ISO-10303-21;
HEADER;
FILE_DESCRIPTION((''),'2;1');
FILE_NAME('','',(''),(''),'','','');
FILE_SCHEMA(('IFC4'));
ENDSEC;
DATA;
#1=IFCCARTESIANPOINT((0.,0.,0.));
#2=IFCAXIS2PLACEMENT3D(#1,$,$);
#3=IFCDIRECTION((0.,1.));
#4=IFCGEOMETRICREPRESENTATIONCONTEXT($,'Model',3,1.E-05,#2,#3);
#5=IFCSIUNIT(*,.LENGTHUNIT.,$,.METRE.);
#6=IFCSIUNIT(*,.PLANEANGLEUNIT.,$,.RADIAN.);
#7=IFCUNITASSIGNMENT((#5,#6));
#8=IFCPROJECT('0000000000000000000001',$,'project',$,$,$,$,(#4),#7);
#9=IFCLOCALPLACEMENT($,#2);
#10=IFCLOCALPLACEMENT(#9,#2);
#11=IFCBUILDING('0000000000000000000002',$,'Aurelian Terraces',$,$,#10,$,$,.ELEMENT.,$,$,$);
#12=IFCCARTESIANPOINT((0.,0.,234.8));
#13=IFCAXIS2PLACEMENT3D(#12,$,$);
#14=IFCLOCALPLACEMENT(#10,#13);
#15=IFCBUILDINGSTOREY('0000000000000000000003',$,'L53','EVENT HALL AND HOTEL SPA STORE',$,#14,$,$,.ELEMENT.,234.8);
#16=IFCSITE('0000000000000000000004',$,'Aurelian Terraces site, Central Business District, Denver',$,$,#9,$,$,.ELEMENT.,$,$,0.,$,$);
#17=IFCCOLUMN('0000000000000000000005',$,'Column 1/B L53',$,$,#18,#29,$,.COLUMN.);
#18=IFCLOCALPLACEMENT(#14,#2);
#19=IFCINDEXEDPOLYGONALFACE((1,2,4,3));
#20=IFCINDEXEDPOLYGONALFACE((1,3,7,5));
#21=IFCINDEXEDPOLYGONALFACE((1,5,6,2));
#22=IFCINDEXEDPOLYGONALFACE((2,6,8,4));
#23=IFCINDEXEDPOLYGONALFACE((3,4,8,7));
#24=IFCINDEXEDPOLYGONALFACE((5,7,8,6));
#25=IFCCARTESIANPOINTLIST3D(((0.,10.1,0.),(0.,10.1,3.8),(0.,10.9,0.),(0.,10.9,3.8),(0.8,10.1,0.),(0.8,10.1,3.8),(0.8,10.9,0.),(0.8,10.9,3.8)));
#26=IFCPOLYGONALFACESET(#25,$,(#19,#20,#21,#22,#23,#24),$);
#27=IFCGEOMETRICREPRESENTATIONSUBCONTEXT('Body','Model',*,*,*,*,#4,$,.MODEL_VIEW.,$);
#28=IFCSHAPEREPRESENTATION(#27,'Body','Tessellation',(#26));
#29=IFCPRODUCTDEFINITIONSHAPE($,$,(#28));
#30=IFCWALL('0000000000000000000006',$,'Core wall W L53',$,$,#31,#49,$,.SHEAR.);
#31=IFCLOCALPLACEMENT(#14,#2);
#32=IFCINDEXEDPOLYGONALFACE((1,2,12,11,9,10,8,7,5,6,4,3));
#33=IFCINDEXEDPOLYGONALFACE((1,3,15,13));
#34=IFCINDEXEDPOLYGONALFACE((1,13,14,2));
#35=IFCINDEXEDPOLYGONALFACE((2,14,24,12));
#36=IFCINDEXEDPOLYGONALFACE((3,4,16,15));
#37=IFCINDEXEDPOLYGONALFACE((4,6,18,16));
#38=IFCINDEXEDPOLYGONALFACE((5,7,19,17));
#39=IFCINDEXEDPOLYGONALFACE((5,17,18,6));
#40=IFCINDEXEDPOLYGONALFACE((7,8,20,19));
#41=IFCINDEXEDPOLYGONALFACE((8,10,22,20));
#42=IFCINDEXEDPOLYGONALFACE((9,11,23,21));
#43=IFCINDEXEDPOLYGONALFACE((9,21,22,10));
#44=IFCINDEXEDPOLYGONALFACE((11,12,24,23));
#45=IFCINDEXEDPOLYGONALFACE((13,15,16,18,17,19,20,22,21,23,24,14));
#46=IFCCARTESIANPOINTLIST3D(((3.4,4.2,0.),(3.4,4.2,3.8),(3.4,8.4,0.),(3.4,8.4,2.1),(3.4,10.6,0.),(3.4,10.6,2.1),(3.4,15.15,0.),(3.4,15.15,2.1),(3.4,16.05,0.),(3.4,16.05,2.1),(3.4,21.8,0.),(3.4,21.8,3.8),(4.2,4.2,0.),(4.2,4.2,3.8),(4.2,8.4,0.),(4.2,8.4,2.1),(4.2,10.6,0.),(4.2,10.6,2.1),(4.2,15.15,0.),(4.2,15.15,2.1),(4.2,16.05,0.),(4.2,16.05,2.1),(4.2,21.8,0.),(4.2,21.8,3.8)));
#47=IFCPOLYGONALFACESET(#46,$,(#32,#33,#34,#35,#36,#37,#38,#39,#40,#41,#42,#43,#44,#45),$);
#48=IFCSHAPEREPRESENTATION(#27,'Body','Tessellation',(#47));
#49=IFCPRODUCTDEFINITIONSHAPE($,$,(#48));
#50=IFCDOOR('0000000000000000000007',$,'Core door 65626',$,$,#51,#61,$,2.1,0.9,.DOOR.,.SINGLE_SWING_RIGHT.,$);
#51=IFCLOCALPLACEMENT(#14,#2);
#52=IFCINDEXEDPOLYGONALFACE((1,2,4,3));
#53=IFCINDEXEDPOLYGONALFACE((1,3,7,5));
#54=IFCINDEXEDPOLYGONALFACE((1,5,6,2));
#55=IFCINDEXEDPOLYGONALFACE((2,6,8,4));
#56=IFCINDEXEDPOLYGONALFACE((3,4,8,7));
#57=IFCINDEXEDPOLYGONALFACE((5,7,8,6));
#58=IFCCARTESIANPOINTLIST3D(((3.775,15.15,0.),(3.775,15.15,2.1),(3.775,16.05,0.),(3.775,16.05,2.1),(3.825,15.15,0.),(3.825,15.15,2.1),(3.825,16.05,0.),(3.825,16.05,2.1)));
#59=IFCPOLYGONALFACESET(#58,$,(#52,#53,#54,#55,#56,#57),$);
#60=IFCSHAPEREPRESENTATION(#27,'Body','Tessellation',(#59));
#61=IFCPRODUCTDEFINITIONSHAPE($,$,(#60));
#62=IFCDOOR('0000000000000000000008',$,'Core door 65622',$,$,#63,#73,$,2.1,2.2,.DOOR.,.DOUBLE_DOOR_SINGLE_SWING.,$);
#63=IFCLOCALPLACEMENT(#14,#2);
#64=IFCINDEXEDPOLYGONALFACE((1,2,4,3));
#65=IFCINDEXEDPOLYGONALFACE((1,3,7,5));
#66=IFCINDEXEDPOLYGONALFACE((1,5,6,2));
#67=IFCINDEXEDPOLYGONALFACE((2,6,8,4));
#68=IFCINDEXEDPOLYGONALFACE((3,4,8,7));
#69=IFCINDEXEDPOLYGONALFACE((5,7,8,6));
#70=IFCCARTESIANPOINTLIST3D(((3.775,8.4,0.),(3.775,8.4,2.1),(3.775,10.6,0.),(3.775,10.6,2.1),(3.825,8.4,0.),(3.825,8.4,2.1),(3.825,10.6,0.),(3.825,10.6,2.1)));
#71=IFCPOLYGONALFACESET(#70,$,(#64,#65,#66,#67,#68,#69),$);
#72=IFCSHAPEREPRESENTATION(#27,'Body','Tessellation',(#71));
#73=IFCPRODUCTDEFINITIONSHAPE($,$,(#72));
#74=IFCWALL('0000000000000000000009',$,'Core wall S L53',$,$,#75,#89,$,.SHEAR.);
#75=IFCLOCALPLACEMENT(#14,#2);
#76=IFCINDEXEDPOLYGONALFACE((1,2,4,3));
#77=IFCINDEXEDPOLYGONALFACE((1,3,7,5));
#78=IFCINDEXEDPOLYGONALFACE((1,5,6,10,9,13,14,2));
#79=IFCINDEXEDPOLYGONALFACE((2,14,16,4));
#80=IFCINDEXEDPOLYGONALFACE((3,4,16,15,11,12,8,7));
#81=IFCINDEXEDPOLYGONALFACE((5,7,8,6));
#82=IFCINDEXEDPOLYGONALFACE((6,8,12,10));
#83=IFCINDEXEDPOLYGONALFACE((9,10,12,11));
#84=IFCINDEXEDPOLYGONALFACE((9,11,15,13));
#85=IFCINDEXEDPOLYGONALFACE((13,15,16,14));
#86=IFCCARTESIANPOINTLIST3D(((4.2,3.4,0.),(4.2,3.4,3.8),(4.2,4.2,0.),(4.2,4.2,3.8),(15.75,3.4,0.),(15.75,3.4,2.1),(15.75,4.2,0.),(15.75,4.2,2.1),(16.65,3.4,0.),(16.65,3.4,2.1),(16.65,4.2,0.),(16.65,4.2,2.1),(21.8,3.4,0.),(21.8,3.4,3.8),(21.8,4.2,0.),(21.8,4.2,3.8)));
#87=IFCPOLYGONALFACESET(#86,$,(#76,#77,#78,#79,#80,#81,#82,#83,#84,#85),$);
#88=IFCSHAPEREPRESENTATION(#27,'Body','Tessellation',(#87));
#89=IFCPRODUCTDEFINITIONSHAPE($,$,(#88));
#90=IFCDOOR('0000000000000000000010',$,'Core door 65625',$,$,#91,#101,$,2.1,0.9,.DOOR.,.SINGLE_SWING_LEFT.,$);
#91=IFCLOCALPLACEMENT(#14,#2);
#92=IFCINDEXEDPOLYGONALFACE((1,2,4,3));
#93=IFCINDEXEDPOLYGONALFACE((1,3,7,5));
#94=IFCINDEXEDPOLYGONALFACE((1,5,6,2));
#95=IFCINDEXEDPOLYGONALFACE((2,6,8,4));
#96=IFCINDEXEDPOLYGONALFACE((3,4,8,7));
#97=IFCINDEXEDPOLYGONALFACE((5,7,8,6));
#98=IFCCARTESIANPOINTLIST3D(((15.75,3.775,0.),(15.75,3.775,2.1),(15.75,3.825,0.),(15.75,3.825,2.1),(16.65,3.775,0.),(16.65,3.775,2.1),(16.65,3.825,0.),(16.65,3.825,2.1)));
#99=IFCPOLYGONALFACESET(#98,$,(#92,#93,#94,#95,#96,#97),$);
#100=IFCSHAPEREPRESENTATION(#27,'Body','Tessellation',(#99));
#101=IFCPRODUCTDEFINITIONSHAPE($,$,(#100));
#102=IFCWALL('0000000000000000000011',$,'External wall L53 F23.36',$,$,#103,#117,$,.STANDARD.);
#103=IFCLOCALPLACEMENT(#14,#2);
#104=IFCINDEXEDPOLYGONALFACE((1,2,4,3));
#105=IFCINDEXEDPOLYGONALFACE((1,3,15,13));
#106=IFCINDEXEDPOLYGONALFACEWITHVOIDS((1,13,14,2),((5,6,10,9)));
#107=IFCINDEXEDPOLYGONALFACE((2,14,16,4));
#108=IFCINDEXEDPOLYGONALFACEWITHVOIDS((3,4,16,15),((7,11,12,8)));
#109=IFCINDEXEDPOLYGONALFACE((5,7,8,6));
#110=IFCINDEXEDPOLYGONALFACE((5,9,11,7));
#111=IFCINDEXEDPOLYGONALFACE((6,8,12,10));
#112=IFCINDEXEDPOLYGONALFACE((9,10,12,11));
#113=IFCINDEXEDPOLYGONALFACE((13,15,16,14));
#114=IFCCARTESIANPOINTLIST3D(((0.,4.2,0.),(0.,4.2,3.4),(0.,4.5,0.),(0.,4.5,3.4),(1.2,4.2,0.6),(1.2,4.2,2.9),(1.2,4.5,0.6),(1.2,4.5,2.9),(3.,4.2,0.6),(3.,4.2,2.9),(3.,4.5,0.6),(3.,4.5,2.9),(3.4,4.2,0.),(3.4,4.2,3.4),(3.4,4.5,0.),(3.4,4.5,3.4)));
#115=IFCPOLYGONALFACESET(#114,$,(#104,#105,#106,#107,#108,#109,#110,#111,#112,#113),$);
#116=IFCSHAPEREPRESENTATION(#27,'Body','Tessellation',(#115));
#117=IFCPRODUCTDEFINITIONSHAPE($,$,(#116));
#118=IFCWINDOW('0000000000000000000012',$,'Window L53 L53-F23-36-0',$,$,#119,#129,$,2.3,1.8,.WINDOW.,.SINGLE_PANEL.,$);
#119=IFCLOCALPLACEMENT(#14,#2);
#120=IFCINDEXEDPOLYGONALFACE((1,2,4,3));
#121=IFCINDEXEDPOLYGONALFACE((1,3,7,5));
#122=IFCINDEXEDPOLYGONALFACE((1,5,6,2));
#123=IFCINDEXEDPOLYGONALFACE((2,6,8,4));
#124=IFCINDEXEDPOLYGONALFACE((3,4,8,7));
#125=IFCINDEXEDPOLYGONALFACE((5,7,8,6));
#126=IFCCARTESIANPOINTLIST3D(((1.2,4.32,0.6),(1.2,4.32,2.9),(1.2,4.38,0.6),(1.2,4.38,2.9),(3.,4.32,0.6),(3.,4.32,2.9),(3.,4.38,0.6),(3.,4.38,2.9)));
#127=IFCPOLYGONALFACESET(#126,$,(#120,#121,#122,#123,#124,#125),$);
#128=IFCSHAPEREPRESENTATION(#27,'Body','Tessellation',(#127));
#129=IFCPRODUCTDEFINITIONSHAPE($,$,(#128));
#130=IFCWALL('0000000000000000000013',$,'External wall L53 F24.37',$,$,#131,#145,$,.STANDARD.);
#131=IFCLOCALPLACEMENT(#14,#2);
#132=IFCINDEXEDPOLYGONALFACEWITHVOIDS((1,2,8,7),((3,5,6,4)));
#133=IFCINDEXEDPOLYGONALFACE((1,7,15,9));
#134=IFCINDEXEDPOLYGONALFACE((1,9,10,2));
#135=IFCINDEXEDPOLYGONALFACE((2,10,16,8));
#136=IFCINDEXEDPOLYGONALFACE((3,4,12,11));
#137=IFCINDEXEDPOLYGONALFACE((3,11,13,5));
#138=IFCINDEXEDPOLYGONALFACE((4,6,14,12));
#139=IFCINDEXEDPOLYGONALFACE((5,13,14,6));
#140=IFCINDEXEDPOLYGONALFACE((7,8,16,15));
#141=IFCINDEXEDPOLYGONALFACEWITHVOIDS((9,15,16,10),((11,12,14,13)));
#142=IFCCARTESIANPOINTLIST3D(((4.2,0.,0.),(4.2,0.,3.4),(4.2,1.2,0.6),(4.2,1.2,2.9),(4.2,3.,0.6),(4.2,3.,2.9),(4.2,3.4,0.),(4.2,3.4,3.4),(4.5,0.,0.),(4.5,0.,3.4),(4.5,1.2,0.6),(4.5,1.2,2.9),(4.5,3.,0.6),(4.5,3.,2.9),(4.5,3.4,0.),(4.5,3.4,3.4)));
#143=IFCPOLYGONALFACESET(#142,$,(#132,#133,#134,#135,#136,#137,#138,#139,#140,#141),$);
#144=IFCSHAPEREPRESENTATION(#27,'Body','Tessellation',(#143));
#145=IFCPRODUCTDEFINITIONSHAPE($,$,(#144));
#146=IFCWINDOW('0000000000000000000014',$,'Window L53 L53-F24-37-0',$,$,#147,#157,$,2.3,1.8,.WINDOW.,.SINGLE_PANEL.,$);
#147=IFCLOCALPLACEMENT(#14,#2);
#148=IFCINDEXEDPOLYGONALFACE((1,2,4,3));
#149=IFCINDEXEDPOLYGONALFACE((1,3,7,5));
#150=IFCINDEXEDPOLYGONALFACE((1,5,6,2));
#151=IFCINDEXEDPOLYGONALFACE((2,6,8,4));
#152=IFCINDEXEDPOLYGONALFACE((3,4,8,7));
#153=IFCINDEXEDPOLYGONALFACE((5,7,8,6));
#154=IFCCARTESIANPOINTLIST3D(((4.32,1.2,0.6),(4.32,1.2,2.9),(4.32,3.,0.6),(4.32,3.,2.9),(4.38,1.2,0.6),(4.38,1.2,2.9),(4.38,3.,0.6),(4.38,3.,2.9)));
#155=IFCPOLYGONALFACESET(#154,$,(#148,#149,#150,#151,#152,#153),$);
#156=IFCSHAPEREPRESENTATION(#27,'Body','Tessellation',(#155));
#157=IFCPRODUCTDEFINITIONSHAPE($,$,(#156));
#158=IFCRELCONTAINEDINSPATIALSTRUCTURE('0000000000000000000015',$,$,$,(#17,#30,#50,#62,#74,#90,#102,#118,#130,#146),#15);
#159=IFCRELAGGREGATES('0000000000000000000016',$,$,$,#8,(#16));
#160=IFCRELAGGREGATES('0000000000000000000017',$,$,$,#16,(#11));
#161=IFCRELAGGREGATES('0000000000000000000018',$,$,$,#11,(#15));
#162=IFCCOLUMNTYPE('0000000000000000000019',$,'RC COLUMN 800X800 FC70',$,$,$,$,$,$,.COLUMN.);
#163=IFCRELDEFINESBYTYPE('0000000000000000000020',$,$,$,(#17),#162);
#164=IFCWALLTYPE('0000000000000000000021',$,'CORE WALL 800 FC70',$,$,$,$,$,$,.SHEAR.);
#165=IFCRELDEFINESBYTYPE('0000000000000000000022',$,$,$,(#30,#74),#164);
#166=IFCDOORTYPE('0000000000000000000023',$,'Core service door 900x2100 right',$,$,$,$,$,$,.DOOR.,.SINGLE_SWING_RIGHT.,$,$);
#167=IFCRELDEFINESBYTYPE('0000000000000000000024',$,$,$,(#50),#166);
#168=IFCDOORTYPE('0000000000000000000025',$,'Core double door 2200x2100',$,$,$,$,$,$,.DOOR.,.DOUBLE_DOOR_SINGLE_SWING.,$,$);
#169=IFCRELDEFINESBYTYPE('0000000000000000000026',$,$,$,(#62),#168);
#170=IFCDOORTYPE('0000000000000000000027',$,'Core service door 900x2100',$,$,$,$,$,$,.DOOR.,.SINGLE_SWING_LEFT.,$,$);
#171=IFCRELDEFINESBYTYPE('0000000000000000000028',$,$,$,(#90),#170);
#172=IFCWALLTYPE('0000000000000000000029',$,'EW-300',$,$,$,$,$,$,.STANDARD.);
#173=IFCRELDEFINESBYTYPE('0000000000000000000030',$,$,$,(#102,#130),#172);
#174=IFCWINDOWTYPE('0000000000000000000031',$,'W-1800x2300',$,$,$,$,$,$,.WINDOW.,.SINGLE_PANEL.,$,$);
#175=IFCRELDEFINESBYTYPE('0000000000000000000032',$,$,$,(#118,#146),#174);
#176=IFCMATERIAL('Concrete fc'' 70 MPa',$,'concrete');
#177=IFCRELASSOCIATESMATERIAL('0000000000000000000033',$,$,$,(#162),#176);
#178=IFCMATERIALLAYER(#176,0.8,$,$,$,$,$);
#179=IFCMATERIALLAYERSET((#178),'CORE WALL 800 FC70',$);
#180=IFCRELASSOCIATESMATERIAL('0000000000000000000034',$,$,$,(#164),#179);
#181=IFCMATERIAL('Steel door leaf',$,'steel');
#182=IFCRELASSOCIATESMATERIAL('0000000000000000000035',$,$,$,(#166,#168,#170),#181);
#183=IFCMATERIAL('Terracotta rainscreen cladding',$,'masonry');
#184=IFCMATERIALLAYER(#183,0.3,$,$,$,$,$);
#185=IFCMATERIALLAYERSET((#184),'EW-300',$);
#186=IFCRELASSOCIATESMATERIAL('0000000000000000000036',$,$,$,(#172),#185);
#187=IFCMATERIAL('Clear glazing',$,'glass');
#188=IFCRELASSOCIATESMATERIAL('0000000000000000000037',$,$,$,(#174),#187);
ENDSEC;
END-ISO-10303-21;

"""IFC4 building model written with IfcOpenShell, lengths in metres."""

from ifc_helpers import new_model, si_unit, direction, frame, frame_2d, origin, origin_2d, place, context, subcontext, project, spatial, rectangle, extrude, source, transform, mapped, material, layer, layer_set, material_profile, profile_set, type_object, element, fill, save


model = new_model("IFC4")

# Units and contexts
model_context = context("Model", 3, precision=1e-05, world=origin(), true_north=direction((0.0, 1.0)))
body_context = subcontext(model_context, "Body", "Model", "MODEL_VIEW")
ifc_project = project(units=[si_unit("LENGTHUNIT", "METRE"), si_unit("PLANEANGLEUNIT", "RADIAN")], contexts=[model_context])

# Site, building, storey
site_placement = place(None, origin())
site = spatial("IfcSite", under=ifc_project, at=site_placement, Name="Aurelian Terraces site, Central Business District, Denver", CompositionType="ELEMENT", RefElevation=0.0)
building_placement = place(site_placement, origin())
building = spatial("IfcBuilding", under=site, at=building_placement, Name="Aurelian Terraces", CompositionType="ELEMENT")
storey_placement = place(building_placement, frame((0.0, 0.0, 234.8)))
storey = spatial("IfcBuildingStorey", under=building, at=storey_placement, Name="L53", Description="EVENT HALL AND HOTEL SPA STORE", CompositionType="ELEMENT", Elevation=234.8)

# Column
ifc_material_1 = material(Name="Concrete fc' 70 MPa", Category="concrete")
ifc_material_profile = material_profile(ifc_material_1, rectangle(XDim=0.8, YDim=0.8, at=origin_2d()))
ifc_profile_set = profile_set([ifc_material_profile], Name="Concrete fc' 70 MPa")
column_type = type_object("IfcColumnType", Name="RC COLUMN 800X800 FC70", PredefinedType="COLUMN", material=ifc_profile_set)
shared_shape_1 = source(origin(), body_context, "Body", "SweptSolid", [
    extrude(rectangle(XDim=0.8, YDim=0.8, at=origin_2d()), origin(), (0.0, 0.0, 1.0), 3.8),
])
column_placement = place(storey_placement, frame((0.4, 10.5, 0.0), z_axis=(0.0, 0.0, 1.0), x_axis=(1.0, 0.0, 0.0)))
element("IfcColumn", 1, at=column_placement, inside=storey, type_object=column_type, Name="Column 1/B L53", PredefinedType="COLUMN", context=body_context, shape_type="MappedRepresentation", body=[
    mapped(shared_shape_1, transform((0.0, 0.0, 0.0), scale=1.0)),
])

# Wall, openings, doors
ifc_layer_1 = layer(ifc_material_1, 0.8)
ifc_layer_set_1 = layer_set([ifc_layer_1], Name="CORE WALL 800 FC70")
wall_type_1 = type_object("IfcWallType", Name="CORE WALL 800 FC70", PredefinedType="SHEAR", material=ifc_layer_set_1)
shared_shape_2 = source(origin(), body_context, "Body", "SweptSolid", [
    extrude(rectangle(XDim=17.6, YDim=0.8, at=frame_2d((8.8, 0.0))), origin(), (0.0, 0.0, 1.0), 3.8),
])
wall_1_placement = place(storey_placement, frame((3.8, 4.2, 0.0), z_axis=(0.0, 0.0, 1.0), x_axis=(0.0, 1.0, 0.0)))
wall_1 = element("IfcWall", 2, at=wall_1_placement, inside=storey, type_object=wall_type_1, Name="Core wall W L53", PredefinedType="SHEAR", context=body_context, shape_type="MappedRepresentation", body=[
    mapped(shared_shape_2, transform((0.0, 0.0, 0.0), scale=1.0)),
])
shared_shape_3 = source(origin(), body_context, "Body", "SweptSolid", [
    extrude(rectangle(XDim=2.2, YDim=2.1, at=frame_2d((1.1, 1.05))), frame((0.0, 0.41, 0.0), z_axis=(0.0, -1.0, 0.0), x_axis=(1.0, 0.0, 0.0)), (0.0, 0.0, 1.0), 0.82),
])
opening_1_placement = place(wall_1_placement, frame((4.2, 0.0, 0.0)))
opening_1 = element("IfcOpeningElement", 3, at=opening_1_placement, cuts=wall_1, PredefinedType="OPENING", context=body_context, shape_type="MappedRepresentation", body=[
    mapped(shared_shape_3, transform((0.0, 0.0, 0.0), scale=1.0)),
])
shared_shape_4 = source(origin(), body_context, "Body", "SweptSolid", [
    extrude(rectangle(XDim=0.9, YDim=2.1, at=frame_2d((0.45, 1.05))), frame((0.0, 0.41, 0.0), z_axis=(0.0, -1.0, 0.0), x_axis=(1.0, 0.0, 0.0)), (0.0, 0.0, 1.0), 0.82),
])
opening_2_placement = place(wall_1_placement, frame((10.95, 0.0, 0.0)))
opening_2 = element("IfcOpeningElement", 4, at=opening_2_placement, cuts=wall_1, PredefinedType="OPENING", context=body_context, shape_type="MappedRepresentation", body=[
    mapped(shared_shape_4, transform((0.0, 0.0, 0.0), scale=1.0)),
])
ifc_material_2 = material(Name="Steel door leaf", Category="steel")
door_type_1 = type_object("IfcDoorType", Name="Core service door 900x2100 right", OperationType="SINGLE_SWING_RIGHT", PredefinedType="DOOR", material=ifc_material_2)
shared_shape_5 = source(origin(), body_context, "Body", "SweptSolid", [
    extrude(rectangle(XDim=0.9, YDim=2.1, at=frame_2d((0.45, 1.05))), frame((0.0, 0.025, 0.0), z_axis=(0.0, -1.0, 0.0), x_axis=(1.0, 0.0, 0.0)), (0.0, 0.0, 1.0), 0.05),
])
door_1_placement = place(opening_2_placement, origin())
door_1 = element("IfcDoor", 5, at=door_1_placement, inside=storey, type_object=door_type_1, Name="Core door 65626", OperationType="SINGLE_SWING_RIGHT", OverallHeight=2.1, OverallWidth=0.9, PredefinedType="DOOR", context=body_context, shape_type="MappedRepresentation", body=[
    mapped(shared_shape_5, transform((0.0, 0.0, 0.0), scale=1.0)),
])
fill(opening_2, door_1)
door_type_2 = type_object("IfcDoorType", Name="Core double door 2200x2100", OperationType="DOUBLE_DOOR_SINGLE_SWING", PredefinedType="DOOR", material=ifc_material_2)
shared_shape_6 = source(origin(), body_context, "Body", "SweptSolid", [
    extrude(rectangle(XDim=2.2, YDim=2.1, at=frame_2d((1.1, 1.05))), frame((0.0, 0.025, 0.0), z_axis=(0.0, -1.0, 0.0), x_axis=(1.0, 0.0, 0.0)), (0.0, 0.0, 1.0), 0.05),
])
door_2_placement = place(opening_1_placement, origin())
door_2 = element("IfcDoor", 6, at=door_2_placement, inside=storey, type_object=door_type_2, Name="Core door 65622", OperationType="DOUBLE_DOOR_SINGLE_SWING", OverallHeight=2.1, OverallWidth=2.2, PredefinedType="DOOR", context=body_context, shape_type="MappedRepresentation", body=[
    mapped(shared_shape_6, transform((0.0, 0.0, 0.0), scale=1.0)),
])
fill(opening_1, door_2)

# Wall, opening, door
wall_2_placement = place(storey_placement, frame((4.2, 3.8, 0.0), z_axis=(0.0, 0.0, 1.0), x_axis=(1.0, 0.0, 0.0)))
wall_2 = element("IfcWall", 7, at=wall_2_placement, inside=storey, type_object=wall_type_1, Name="Core wall S L53", PredefinedType="SHEAR", context=body_context, shape_type="MappedRepresentation", body=[
    mapped(shared_shape_2, transform((0.0, 0.0, 0.0), scale=1.0)),
])
opening_3_placement = place(wall_2_placement, frame((11.55, 0.0, 0.0)))
opening_3 = element("IfcOpeningElement", 8, at=opening_3_placement, cuts=wall_2, PredefinedType="OPENING", context=body_context, shape_type="MappedRepresentation", body=[
    mapped(shared_shape_4, transform((0.0, 0.0, 0.0), scale=1.0)),
])
door_type_3 = type_object("IfcDoorType", Name="Core service door 900x2100", OperationType="SINGLE_SWING_LEFT", PredefinedType="DOOR", material=ifc_material_2)
door_3_placement = place(opening_3_placement, origin())
door_3 = element("IfcDoor", 9, at=door_3_placement, inside=storey, type_object=door_type_3, Name="Core door 65625", OperationType="SINGLE_SWING_LEFT", OverallHeight=2.1, OverallWidth=0.9, PredefinedType="DOOR", context=body_context, shape_type="MappedRepresentation", body=[
    mapped(shared_shape_5, transform((0.0, 0.0, 0.0), scale=1.0)),
])
fill(opening_3, door_3)

# Walls, openings, windows
ifc_material_3 = material(Name="Terracotta rainscreen cladding", Category="masonry")
ifc_layer_2 = layer(ifc_material_3, 0.3)
ifc_layer_set_2 = layer_set([ifc_layer_2], Name="EW-300")
wall_type_2 = type_object("IfcWallType", Name="EW-300", PredefinedType="STANDARD", material=ifc_layer_set_2)
shared_shape_7 = source(origin(), body_context, "Body", "SweptSolid", [
    extrude(rectangle(XDim=3.4, YDim=0.3, at=frame_2d((1.7, 0.0))), origin(), (0.0, 0.0, 1.0), 3.4),
])
wall_3_placement = place(storey_placement, frame((0.0, 4.35, 0.0), z_axis=(0.0, 0.0, 1.0), x_axis=(1.0, 0.0, 0.0)))
wall_3 = element("IfcWall", 10, at=wall_3_placement, inside=storey, type_object=wall_type_2, Name="External wall L53 F23.36", PredefinedType="STANDARD", context=body_context, shape_type="MappedRepresentation", body=[
    mapped(shared_shape_7, transform((0.0, 0.0, 0.0), scale=1.0)),
])
shared_shape_8 = source(origin(), body_context, "Body", "SweptSolid", [
    extrude(rectangle(XDim=1.8, YDim=2.3, at=frame_2d((0.9, 1.15))), frame((0.0, 0.16, 0.0), z_axis=(0.0, -1.0, 0.0), x_axis=(1.0, 0.0, 0.0)), (0.0, 0.0, 1.0), 0.32),
])
opening_4_placement = place(wall_3_placement, frame((1.2, 0.0, 0.6)))
opening_4 = element("IfcOpeningElement", 11, at=opening_4_placement, cuts=wall_3, PredefinedType="OPENING", context=body_context, shape_type="MappedRepresentation", body=[
    mapped(shared_shape_8, transform((0.0, 0.0, 0.0), scale=1.0)),
])
ifc_material_4 = material(Name="Clear glazing", Category="glass")
window_type_1 = type_object("IfcWindowType", Name="W-1800x2300", PartitioningType="SINGLE_PANEL", PredefinedType="WINDOW", material=ifc_material_4)
shared_shape_9 = source(origin(), body_context, "Body", "SweptSolid", [
    extrude(rectangle(XDim=1.8, YDim=2.3, at=frame_2d((0.9, 1.15))), frame((0.0, 0.03, 0.0), z_axis=(0.0, -1.0, 0.0), x_axis=(1.0, 0.0, 0.0)), (0.0, 0.0, 1.0), 0.06),
])
window_1_placement = place(opening_4_placement, origin())
window_1 = element("IfcWindow", 12, at=window_1_placement, inside=storey, type_object=window_type_1, Name="Window L53 L53-F23-36-0", OverallHeight=2.3, OverallWidth=1.8, PartitioningType="SINGLE_PANEL", PredefinedType="WINDOW", context=body_context, shape_type="MappedRepresentation", body=[
    mapped(shared_shape_9, transform((0.0, 0.0, 0.0), scale=1.0)),
])
fill(opening_4, window_1)
wall_4_placement = place(storey_placement, frame((4.35, 3.4, 0.0), z_axis=(0.0, 0.0, 1.0), x_axis=(0.0, -1.0, 0.0)))
wall_4 = element("IfcWall", 13, at=wall_4_placement, inside=storey, type_object=wall_type_2, Name="External wall L53 F24.37", PredefinedType="STANDARD", context=body_context, shape_type="MappedRepresentation", body=[
    mapped(shared_shape_7, transform((0.0, 0.0, 0.0), scale=1.0)),
])
opening_5_placement = place(wall_4_placement, frame((0.4, 0.0, 0.6)))
opening_5 = element("IfcOpeningElement", 14, at=opening_5_placement, cuts=wall_4, PredefinedType="OPENING", context=body_context, shape_type="MappedRepresentation", body=[
    mapped(shared_shape_8, transform((0.0, 0.0, 0.0), scale=1.0)),
])
window_2_placement = place(opening_5_placement, origin())
window_2 = element("IfcWindow", 15, at=window_2_placement, inside=storey, type_object=window_type_1, Name="Window L53 L53-F24-37-0", OverallHeight=2.3, OverallWidth=1.8, PartitioningType="SINGLE_PANEL", PredefinedType="WINDOW", context=body_context, shape_type="MappedRepresentation", body=[
    mapped(shared_shape_9, transform((0.0, 0.0, 0.0), scale=1.0)),
])
fill(opening_5, window_2)

save(model, "model.ifc")
